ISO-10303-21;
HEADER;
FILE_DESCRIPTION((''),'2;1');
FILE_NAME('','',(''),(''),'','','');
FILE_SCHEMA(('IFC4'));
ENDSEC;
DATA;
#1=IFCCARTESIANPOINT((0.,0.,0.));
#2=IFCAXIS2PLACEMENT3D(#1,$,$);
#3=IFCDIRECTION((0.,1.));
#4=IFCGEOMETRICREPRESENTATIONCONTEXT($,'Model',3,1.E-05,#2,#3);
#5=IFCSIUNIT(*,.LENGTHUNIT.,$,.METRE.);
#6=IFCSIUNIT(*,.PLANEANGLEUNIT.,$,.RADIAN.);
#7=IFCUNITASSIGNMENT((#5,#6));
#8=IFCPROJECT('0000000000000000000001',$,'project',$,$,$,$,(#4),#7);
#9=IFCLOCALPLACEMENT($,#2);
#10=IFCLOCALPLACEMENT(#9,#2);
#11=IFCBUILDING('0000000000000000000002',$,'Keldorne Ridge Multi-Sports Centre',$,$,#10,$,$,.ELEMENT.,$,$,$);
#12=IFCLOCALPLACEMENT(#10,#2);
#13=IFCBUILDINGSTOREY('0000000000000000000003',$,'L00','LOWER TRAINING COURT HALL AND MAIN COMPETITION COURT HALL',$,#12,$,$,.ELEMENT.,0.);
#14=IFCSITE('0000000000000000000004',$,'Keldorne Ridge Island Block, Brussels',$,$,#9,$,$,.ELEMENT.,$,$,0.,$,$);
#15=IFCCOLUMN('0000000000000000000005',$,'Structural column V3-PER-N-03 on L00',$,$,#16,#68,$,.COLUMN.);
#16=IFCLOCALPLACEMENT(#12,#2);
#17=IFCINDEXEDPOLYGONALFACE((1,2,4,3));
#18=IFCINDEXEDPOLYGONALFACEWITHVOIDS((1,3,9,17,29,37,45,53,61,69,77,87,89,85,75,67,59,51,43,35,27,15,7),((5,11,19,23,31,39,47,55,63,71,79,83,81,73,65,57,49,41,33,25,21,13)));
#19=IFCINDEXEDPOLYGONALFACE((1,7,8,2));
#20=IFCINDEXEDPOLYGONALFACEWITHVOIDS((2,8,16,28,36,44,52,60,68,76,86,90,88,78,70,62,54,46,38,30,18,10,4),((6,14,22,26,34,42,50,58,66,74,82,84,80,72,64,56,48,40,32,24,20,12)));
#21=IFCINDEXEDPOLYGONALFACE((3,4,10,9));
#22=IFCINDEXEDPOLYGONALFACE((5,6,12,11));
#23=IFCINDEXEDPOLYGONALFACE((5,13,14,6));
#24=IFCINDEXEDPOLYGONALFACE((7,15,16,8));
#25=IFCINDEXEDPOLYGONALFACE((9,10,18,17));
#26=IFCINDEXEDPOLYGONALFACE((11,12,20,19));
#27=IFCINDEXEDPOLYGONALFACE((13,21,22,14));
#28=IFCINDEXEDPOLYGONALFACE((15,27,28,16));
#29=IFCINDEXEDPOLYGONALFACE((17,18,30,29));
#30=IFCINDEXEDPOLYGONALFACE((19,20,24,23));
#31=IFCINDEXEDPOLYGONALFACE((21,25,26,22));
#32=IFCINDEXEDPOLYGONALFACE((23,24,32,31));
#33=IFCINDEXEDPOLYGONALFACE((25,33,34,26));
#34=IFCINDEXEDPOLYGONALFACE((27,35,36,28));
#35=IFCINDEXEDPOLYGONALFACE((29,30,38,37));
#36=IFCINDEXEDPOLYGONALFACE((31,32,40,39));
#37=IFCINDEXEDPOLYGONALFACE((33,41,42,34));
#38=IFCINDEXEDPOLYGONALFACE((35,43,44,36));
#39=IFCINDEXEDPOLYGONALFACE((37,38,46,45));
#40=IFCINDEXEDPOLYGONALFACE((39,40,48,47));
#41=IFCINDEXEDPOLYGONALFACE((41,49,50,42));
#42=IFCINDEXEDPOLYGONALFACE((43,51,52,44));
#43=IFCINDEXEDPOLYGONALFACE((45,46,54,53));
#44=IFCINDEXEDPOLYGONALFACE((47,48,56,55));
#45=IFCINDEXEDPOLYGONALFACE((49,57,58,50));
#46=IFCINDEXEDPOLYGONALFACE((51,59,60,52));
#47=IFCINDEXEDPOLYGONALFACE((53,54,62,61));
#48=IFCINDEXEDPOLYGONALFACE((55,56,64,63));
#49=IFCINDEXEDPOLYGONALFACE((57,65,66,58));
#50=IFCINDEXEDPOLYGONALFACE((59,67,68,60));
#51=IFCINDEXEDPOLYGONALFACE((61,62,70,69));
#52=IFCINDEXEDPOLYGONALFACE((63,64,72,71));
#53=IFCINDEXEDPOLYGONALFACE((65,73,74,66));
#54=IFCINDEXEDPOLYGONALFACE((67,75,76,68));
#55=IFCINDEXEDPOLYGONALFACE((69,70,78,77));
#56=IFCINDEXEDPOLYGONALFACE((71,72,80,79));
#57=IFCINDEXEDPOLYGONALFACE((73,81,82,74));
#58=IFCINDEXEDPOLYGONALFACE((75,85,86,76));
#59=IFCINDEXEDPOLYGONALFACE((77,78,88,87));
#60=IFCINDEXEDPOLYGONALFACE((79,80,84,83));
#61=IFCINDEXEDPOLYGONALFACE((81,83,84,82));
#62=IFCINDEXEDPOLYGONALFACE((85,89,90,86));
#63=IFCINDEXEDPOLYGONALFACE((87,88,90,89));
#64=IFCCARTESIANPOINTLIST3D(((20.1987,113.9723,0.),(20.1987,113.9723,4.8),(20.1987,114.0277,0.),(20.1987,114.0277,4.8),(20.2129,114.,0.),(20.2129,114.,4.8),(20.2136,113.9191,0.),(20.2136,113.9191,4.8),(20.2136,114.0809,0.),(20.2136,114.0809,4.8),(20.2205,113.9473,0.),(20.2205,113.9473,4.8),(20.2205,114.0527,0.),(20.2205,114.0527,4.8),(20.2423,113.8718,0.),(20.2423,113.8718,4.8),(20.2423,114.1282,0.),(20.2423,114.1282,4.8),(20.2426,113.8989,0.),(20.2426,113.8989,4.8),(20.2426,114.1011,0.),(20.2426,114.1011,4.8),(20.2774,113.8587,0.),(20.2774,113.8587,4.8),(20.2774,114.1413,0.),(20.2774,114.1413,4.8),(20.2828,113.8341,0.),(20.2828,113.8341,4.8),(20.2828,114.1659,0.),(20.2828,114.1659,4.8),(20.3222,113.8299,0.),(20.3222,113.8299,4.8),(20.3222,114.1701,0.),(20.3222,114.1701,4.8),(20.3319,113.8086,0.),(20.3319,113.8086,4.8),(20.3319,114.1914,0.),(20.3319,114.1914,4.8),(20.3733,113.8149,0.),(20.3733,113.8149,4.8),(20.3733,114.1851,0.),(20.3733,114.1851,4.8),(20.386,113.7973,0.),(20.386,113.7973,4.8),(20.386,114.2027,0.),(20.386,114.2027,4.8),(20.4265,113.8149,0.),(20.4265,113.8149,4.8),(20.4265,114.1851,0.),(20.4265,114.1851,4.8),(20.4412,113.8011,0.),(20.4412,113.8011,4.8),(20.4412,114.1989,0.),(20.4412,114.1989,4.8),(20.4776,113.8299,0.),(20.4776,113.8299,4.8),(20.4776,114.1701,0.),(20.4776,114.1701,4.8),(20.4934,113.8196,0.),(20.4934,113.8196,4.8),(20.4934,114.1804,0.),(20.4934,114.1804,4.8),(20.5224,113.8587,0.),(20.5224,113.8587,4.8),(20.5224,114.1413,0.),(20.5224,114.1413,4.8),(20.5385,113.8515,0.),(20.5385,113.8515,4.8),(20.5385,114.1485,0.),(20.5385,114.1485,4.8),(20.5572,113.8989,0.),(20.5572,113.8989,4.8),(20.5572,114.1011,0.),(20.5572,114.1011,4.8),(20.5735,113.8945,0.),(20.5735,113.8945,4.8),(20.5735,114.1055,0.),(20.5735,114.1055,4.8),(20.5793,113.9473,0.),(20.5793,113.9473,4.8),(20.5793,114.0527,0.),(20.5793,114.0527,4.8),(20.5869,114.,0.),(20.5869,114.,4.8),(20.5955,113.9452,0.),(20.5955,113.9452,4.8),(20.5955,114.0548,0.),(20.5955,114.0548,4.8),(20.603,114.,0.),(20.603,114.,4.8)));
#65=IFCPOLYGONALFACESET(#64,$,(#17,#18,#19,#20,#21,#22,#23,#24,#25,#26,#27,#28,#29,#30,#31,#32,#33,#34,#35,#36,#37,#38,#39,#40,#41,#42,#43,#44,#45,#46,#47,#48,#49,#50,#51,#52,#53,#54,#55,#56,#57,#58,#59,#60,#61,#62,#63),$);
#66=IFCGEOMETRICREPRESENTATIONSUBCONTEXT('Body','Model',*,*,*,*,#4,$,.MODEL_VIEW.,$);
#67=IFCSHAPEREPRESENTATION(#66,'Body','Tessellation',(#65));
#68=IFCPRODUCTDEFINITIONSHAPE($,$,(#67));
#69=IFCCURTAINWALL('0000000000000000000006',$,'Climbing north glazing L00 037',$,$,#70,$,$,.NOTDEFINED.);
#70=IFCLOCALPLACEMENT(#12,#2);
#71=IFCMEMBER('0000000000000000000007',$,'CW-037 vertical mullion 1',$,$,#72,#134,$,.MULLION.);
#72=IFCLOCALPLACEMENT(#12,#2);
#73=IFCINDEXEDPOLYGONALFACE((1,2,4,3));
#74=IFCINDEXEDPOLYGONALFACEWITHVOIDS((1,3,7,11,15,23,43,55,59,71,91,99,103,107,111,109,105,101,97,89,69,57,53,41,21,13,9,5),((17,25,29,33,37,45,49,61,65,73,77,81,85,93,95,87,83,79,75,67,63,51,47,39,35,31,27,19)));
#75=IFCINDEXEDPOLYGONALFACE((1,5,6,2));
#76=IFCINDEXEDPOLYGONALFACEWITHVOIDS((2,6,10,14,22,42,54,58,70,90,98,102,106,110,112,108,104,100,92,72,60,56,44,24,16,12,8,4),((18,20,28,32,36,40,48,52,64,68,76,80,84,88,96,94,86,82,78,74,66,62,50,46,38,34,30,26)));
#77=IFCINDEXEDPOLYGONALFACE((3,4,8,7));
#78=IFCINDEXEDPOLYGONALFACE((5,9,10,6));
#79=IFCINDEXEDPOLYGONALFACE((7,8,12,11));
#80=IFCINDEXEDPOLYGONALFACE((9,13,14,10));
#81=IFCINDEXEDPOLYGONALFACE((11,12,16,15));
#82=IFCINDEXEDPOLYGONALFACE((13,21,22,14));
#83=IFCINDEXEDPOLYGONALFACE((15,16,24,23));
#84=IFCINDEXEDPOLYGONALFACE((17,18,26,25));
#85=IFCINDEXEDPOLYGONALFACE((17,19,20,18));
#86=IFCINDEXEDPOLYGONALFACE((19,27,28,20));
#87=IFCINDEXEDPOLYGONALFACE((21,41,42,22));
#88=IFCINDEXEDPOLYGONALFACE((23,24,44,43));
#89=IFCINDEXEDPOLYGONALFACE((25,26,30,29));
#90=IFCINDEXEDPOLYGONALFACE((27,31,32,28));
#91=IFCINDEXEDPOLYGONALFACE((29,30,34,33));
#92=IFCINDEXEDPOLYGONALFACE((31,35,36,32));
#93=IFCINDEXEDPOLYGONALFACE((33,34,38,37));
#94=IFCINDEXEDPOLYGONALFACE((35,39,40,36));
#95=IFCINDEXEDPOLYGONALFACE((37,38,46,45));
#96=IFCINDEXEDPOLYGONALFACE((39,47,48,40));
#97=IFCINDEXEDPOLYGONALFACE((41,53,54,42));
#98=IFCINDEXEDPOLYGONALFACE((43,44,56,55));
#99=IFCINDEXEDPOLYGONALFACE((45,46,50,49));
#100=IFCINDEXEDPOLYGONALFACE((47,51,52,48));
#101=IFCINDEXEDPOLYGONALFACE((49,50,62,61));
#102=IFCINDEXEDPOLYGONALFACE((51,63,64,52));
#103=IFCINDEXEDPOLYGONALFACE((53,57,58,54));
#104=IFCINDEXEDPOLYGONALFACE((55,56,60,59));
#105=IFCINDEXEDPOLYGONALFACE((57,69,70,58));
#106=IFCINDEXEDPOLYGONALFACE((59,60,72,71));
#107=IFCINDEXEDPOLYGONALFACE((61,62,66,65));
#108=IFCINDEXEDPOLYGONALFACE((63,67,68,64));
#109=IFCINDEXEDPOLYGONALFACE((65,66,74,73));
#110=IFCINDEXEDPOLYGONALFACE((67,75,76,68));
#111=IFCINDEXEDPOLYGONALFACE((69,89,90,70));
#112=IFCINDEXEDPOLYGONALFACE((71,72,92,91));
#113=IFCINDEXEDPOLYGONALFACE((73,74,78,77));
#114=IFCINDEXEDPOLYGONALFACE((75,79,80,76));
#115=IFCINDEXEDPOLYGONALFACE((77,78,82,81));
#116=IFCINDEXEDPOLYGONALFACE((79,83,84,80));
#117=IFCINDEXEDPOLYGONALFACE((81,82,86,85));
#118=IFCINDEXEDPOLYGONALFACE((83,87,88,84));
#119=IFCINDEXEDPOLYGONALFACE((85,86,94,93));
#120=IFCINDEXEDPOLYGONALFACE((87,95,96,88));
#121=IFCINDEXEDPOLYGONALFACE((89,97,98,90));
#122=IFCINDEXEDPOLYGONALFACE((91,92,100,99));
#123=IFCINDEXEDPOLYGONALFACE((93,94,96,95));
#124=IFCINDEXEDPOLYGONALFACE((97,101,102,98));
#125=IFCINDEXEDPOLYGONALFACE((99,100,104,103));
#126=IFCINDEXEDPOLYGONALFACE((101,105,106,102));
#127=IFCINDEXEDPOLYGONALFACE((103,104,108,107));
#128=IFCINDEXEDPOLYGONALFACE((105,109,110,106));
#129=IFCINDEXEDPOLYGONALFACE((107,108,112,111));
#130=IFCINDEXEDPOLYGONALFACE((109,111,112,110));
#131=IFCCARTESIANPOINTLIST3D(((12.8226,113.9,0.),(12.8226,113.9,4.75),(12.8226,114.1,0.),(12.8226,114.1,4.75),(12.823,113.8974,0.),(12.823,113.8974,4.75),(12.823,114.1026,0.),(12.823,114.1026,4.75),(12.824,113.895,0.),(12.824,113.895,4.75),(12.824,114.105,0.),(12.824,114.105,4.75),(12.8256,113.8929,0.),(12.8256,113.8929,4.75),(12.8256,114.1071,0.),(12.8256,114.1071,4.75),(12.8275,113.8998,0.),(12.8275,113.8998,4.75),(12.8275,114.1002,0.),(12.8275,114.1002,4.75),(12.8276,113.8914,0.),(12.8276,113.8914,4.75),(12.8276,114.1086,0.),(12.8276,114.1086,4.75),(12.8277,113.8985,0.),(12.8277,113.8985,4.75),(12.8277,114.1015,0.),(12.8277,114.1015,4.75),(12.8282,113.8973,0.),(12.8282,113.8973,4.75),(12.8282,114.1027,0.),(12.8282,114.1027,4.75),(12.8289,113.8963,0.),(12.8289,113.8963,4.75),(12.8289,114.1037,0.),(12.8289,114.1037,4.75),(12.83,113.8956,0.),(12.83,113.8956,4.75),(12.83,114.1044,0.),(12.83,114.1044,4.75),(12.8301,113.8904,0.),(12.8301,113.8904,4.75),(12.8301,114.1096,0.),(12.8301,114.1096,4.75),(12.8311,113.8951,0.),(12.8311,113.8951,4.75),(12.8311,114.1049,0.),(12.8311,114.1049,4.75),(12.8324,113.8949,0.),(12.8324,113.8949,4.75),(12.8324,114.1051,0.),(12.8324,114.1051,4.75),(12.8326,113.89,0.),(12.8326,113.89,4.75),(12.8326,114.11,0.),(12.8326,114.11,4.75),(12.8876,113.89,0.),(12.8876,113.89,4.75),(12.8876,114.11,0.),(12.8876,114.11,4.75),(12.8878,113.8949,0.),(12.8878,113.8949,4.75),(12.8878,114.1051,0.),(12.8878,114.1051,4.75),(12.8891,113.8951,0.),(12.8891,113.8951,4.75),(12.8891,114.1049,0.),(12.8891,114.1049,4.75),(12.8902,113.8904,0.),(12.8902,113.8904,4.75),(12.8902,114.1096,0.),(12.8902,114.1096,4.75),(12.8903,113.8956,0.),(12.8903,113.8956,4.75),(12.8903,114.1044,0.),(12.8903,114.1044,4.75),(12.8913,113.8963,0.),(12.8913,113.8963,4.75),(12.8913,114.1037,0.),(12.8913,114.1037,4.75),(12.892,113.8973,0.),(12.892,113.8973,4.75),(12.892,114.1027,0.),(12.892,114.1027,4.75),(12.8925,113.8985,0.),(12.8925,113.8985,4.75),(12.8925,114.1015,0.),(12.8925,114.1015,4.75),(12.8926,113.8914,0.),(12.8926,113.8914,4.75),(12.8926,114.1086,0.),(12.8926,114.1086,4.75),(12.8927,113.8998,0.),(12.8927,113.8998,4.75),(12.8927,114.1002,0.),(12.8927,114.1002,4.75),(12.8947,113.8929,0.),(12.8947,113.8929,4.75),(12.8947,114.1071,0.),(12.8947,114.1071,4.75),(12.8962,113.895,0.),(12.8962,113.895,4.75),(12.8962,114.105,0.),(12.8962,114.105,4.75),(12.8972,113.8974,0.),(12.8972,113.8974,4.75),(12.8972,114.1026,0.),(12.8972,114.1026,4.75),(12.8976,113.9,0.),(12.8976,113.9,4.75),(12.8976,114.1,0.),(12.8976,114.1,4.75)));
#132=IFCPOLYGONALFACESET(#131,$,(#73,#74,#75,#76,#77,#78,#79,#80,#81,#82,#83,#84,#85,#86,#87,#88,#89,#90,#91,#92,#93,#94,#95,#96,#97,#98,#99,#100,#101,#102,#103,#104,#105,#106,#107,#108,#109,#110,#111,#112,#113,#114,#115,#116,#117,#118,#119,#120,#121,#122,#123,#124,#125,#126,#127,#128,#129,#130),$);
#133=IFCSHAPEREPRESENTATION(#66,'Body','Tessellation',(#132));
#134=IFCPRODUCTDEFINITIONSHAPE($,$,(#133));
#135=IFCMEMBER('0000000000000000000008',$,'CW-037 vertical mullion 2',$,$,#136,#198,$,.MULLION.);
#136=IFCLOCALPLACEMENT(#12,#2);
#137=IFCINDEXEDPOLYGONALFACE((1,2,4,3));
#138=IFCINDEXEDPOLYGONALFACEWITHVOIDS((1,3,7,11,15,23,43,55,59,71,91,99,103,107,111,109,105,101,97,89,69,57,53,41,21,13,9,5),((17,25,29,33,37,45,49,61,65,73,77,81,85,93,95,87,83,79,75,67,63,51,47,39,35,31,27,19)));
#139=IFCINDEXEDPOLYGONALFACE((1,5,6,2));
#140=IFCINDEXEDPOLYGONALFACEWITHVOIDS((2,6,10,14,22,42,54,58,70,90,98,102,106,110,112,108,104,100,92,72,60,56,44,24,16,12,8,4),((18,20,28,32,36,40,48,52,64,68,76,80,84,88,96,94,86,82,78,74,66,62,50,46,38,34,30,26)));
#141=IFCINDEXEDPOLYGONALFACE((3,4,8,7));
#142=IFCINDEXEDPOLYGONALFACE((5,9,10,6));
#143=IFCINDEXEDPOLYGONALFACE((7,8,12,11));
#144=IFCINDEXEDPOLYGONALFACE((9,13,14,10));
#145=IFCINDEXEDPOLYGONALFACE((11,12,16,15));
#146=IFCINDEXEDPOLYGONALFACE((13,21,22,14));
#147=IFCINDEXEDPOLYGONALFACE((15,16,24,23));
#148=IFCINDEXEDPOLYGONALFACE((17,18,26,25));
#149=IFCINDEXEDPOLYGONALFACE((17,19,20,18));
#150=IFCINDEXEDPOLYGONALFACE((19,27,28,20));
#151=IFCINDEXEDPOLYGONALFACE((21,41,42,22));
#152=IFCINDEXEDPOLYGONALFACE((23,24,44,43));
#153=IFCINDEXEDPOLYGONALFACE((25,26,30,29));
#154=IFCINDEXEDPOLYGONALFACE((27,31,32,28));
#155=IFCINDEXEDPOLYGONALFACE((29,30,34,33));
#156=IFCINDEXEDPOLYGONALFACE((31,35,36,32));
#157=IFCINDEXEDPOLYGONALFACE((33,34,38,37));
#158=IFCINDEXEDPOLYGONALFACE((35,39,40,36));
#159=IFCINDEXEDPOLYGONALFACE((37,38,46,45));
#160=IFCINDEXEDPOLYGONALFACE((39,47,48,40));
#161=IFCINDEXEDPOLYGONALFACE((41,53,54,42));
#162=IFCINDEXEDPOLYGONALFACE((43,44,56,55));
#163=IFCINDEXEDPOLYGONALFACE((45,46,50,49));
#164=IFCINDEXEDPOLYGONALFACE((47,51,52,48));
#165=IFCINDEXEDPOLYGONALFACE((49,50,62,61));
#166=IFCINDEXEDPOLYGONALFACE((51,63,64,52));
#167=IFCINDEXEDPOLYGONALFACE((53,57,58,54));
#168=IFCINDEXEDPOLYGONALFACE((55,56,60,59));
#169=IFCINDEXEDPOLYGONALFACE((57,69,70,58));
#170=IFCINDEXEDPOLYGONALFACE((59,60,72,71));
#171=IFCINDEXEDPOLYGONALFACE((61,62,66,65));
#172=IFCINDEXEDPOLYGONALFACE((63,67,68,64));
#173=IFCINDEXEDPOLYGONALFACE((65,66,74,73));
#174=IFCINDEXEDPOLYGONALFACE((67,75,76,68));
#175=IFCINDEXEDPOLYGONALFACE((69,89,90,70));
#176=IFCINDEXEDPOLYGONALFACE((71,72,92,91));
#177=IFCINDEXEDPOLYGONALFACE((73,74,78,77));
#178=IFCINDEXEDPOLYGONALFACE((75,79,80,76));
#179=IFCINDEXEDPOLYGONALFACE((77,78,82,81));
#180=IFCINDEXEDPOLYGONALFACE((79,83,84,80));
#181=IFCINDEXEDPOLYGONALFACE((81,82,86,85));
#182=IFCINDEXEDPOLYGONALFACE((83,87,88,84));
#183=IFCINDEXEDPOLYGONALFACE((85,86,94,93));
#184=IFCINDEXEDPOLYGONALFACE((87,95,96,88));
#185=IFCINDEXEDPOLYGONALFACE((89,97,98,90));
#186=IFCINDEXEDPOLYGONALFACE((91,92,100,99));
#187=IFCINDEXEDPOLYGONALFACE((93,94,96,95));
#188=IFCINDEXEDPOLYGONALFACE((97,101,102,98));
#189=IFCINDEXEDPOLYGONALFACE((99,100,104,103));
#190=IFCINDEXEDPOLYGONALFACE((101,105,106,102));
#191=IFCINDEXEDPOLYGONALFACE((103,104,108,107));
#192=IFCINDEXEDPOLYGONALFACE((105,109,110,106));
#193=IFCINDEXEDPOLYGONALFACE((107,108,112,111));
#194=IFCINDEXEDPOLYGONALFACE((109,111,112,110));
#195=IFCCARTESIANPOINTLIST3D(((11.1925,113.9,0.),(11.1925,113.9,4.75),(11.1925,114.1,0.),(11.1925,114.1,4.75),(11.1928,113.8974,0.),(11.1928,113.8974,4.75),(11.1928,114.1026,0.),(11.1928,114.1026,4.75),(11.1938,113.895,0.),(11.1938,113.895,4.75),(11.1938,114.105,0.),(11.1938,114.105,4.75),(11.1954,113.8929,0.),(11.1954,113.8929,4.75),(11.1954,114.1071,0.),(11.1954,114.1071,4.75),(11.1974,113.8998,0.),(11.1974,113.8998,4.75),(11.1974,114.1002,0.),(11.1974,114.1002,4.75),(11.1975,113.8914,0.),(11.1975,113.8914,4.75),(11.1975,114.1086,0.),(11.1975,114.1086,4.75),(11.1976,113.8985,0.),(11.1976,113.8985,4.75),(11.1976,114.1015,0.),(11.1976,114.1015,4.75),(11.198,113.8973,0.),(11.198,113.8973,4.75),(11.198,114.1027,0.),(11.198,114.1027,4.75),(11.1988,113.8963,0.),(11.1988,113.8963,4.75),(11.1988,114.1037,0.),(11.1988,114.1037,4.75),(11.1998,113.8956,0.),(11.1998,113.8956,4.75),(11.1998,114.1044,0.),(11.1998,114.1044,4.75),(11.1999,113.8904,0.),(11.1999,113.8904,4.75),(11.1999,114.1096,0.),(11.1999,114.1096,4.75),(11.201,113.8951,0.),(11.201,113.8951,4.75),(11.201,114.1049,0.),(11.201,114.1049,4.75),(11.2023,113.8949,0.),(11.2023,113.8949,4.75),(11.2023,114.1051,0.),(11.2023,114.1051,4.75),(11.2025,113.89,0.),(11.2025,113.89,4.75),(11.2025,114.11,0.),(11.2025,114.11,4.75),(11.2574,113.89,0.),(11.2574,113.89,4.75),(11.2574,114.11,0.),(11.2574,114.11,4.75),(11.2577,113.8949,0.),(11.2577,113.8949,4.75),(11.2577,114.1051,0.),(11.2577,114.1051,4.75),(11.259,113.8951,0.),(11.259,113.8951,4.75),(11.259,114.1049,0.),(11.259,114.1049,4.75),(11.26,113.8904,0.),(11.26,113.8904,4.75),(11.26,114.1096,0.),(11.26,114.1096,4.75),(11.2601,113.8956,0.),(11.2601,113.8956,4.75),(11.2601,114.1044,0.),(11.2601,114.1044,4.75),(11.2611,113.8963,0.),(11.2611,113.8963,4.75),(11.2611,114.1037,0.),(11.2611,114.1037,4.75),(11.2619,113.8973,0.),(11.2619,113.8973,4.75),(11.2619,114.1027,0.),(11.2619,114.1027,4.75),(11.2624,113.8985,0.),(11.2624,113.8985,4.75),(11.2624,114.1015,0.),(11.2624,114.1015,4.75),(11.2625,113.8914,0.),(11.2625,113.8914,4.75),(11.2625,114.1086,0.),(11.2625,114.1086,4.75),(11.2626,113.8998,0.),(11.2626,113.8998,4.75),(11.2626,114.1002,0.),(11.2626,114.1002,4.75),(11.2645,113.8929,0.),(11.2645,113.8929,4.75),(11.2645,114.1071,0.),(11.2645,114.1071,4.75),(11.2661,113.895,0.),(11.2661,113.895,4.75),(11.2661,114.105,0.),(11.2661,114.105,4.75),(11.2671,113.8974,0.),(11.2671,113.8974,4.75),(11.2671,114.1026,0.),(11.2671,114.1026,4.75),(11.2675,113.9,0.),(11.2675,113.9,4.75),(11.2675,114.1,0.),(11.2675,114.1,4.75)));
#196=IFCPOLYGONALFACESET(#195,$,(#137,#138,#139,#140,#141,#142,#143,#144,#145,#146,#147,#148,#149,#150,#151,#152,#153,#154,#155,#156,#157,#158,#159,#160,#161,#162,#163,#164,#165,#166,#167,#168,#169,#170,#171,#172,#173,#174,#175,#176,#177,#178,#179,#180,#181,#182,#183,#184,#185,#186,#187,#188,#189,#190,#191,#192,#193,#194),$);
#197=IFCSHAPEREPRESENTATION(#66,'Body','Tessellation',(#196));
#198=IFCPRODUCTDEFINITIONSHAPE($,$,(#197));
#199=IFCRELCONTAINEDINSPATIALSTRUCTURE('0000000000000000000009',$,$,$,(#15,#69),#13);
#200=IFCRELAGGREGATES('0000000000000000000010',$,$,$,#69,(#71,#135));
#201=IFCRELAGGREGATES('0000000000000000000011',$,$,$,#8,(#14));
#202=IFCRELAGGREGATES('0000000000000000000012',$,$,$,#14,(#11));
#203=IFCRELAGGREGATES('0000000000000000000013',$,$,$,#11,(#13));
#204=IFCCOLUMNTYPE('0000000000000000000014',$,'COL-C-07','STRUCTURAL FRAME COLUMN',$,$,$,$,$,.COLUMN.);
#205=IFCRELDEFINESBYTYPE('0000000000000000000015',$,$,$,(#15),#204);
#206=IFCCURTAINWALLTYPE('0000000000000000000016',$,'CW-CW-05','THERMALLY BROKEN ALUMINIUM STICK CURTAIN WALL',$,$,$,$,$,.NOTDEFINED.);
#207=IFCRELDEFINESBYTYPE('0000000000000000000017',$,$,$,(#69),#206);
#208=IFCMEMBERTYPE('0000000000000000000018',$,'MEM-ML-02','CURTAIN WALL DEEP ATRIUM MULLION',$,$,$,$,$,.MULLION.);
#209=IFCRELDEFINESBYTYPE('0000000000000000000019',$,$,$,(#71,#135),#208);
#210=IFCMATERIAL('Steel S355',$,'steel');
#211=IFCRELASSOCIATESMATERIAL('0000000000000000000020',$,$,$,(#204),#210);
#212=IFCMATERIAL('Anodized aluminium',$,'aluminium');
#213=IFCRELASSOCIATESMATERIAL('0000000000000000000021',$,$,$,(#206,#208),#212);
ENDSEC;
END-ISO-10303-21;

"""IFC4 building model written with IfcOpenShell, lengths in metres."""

from ifc_helpers import new_model, si_unit, direction, frame, origin, origin_2d, place, context, subcontext, project, spatial, hollow_rectangle, hollow_circle, extrude, material, material_profile, profile_set, type_object, element, aggregate, save


model = new_model("IFC4")

# Units and contexts
model_context = context("Model", 3, precision=1e-05, world=origin(), true_north=direction((0.0, 1.0)))
body_context = subcontext(model_context, "Body", "Model", "MODEL_VIEW")
ifc_project = project(units=[si_unit("LENGTHUNIT", "METRE"), si_unit("PLANEANGLEUNIT", "RADIAN")], contexts=[model_context])

# Site, building, storey
site_placement = place(None, origin())
site = spatial("IfcSite", under=ifc_project, at=site_placement, Name="Keldorne Ridge Island Block, Brussels", CompositionType="ELEMENT", RefElevation=0.0)
building_placement = place(site_placement, origin())
building = spatial("IfcBuilding", under=site, at=building_placement, Name="Keldorne Ridge Multi-Sports Centre", CompositionType="ELEMENT")
storey_placement = place(building_placement, origin())
storey = spatial("IfcBuildingStorey", under=building, at=storey_placement, Name="L00", Description="LOWER TRAINING COURT HALL AND MAIN COMPETITION COURT HALL", CompositionType="ELEMENT", Elevation=0.0)

# Column
ifc_material_1 = material(Name="Steel S355", Category="steel")
ifc_material_profile_1 = material_profile(ifc_material_1, hollow_circle(Radius=0.2031, WallThickness=0.0161, at=origin_2d()), Name="CHS 406.4x16")
ifc_profile_set_1 = profile_set([ifc_material_profile_1], Name="Steel S355")
column_type = type_object("IfcColumnType", Name="COL-C-07", Description="STRUCTURAL FRAME COLUMN", PredefinedType="COLUMN", material=ifc_profile_set_1)
for number, where, z_axis, x_axis, name in (
    (1, (20.3999, 114.0, 0.0), (0.0, 0.0, 1.0), (1.0, 0.0, 0.0), "Structural column V3-PER-N-03 on L00"),
):
    element("IfcColumn", number, at=place(storey_placement, frame(where, z_axis=z_axis, x_axis=x_axis)), inside=storey, type_object=column_type, Name=name, PredefinedType="COLUMN", context=body_context, shape_type="SweptSolid", body=[
        extrude(hollow_circle(Radius=0.2031, WallThickness=0.0161, at=origin_2d()), origin(), (0.0, 0.0, 1.0), 4.8),
    ])

# Curtain wall, members
ifc_material_2 = material(Name="Anodized aluminium", Category="aluminium")
curtain_wall_type = type_object("IfcCurtainWallType", Name="CW-CW-05", Description="THERMALLY BROKEN ALUMINIUM STICK CURTAIN WALL", PredefinedType="NOTDEFINED", material=ifc_material_2)
curtain_wall_placement = place(storey_placement, origin())
curtain_wall = element("IfcCurtainWall", 2, at=curtain_wall_placement, inside=storey, type_object=curtain_wall_type, Name="Climbing north glazing L00 037", PredefinedType="NOTDEFINED")
ifc_material_profile_2 = material_profile(ifc_material_2, hollow_rectangle(XDim=0.075, YDim=0.22, WallThickness=0.0049, InnerFilletRadius=0.0049, OuterFilletRadius=0.01, at=origin_2d()), Name="ALU MULLION 220x75x5")
ifc_profile_set_2 = profile_set([ifc_material_profile_2], Name="Anodized aluminium")
member_type_1 = type_object("IfcMemberType", Name="MEM-ML-02", Description="CURTAIN WALL DEEP ATRIUM MULLION", PredefinedType="MULLION", material=ifc_profile_set_2)
member_1_placement = place(storey_placement, frame((12.8601, 114.0, 0.0), z_axis=(0.0, 0.0, 1.0), x_axis=(1.0, 0.0, 0.0)))
member_1 = element("IfcMember", 3, at=member_1_placement, type_object=member_type_1, Name="CW-037 vertical mullion 1", PredefinedType="MULLION", context=body_context, shape_type="SweptSolid", body=[
    extrude(hollow_rectangle(XDim=0.075, YDim=0.22, WallThickness=0.0049, InnerFilletRadius=0.0049, OuterFilletRadius=0.01, at=origin_2d()), origin(), (0.0, 0.0, 1.0), 4.75),
])
member_2_placement = place(storey_placement, frame((11.23, 114.0, 0.0), z_axis=(0.0, 0.0, 1.0), x_axis=(1.0, 0.0, 0.0)))
member_2 = element("IfcMember", 4, at=member_2_placement, type_object=member_type_1, Name="CW-037 vertical mullion 2", PredefinedType="MULLION", context=body_context, shape_type="SweptSolid", body=[
    extrude(hollow_rectangle(XDim=0.075, YDim=0.22, WallThickness=0.0049, InnerFilletRadius=0.0049, OuterFilletRadius=0.01, at=origin_2d()), origin(), (0.0, 0.0, 1.0), 4.75),
])
aggregate(curtain_wall, [member_1, member_2])

save(model, "model.ifc")
